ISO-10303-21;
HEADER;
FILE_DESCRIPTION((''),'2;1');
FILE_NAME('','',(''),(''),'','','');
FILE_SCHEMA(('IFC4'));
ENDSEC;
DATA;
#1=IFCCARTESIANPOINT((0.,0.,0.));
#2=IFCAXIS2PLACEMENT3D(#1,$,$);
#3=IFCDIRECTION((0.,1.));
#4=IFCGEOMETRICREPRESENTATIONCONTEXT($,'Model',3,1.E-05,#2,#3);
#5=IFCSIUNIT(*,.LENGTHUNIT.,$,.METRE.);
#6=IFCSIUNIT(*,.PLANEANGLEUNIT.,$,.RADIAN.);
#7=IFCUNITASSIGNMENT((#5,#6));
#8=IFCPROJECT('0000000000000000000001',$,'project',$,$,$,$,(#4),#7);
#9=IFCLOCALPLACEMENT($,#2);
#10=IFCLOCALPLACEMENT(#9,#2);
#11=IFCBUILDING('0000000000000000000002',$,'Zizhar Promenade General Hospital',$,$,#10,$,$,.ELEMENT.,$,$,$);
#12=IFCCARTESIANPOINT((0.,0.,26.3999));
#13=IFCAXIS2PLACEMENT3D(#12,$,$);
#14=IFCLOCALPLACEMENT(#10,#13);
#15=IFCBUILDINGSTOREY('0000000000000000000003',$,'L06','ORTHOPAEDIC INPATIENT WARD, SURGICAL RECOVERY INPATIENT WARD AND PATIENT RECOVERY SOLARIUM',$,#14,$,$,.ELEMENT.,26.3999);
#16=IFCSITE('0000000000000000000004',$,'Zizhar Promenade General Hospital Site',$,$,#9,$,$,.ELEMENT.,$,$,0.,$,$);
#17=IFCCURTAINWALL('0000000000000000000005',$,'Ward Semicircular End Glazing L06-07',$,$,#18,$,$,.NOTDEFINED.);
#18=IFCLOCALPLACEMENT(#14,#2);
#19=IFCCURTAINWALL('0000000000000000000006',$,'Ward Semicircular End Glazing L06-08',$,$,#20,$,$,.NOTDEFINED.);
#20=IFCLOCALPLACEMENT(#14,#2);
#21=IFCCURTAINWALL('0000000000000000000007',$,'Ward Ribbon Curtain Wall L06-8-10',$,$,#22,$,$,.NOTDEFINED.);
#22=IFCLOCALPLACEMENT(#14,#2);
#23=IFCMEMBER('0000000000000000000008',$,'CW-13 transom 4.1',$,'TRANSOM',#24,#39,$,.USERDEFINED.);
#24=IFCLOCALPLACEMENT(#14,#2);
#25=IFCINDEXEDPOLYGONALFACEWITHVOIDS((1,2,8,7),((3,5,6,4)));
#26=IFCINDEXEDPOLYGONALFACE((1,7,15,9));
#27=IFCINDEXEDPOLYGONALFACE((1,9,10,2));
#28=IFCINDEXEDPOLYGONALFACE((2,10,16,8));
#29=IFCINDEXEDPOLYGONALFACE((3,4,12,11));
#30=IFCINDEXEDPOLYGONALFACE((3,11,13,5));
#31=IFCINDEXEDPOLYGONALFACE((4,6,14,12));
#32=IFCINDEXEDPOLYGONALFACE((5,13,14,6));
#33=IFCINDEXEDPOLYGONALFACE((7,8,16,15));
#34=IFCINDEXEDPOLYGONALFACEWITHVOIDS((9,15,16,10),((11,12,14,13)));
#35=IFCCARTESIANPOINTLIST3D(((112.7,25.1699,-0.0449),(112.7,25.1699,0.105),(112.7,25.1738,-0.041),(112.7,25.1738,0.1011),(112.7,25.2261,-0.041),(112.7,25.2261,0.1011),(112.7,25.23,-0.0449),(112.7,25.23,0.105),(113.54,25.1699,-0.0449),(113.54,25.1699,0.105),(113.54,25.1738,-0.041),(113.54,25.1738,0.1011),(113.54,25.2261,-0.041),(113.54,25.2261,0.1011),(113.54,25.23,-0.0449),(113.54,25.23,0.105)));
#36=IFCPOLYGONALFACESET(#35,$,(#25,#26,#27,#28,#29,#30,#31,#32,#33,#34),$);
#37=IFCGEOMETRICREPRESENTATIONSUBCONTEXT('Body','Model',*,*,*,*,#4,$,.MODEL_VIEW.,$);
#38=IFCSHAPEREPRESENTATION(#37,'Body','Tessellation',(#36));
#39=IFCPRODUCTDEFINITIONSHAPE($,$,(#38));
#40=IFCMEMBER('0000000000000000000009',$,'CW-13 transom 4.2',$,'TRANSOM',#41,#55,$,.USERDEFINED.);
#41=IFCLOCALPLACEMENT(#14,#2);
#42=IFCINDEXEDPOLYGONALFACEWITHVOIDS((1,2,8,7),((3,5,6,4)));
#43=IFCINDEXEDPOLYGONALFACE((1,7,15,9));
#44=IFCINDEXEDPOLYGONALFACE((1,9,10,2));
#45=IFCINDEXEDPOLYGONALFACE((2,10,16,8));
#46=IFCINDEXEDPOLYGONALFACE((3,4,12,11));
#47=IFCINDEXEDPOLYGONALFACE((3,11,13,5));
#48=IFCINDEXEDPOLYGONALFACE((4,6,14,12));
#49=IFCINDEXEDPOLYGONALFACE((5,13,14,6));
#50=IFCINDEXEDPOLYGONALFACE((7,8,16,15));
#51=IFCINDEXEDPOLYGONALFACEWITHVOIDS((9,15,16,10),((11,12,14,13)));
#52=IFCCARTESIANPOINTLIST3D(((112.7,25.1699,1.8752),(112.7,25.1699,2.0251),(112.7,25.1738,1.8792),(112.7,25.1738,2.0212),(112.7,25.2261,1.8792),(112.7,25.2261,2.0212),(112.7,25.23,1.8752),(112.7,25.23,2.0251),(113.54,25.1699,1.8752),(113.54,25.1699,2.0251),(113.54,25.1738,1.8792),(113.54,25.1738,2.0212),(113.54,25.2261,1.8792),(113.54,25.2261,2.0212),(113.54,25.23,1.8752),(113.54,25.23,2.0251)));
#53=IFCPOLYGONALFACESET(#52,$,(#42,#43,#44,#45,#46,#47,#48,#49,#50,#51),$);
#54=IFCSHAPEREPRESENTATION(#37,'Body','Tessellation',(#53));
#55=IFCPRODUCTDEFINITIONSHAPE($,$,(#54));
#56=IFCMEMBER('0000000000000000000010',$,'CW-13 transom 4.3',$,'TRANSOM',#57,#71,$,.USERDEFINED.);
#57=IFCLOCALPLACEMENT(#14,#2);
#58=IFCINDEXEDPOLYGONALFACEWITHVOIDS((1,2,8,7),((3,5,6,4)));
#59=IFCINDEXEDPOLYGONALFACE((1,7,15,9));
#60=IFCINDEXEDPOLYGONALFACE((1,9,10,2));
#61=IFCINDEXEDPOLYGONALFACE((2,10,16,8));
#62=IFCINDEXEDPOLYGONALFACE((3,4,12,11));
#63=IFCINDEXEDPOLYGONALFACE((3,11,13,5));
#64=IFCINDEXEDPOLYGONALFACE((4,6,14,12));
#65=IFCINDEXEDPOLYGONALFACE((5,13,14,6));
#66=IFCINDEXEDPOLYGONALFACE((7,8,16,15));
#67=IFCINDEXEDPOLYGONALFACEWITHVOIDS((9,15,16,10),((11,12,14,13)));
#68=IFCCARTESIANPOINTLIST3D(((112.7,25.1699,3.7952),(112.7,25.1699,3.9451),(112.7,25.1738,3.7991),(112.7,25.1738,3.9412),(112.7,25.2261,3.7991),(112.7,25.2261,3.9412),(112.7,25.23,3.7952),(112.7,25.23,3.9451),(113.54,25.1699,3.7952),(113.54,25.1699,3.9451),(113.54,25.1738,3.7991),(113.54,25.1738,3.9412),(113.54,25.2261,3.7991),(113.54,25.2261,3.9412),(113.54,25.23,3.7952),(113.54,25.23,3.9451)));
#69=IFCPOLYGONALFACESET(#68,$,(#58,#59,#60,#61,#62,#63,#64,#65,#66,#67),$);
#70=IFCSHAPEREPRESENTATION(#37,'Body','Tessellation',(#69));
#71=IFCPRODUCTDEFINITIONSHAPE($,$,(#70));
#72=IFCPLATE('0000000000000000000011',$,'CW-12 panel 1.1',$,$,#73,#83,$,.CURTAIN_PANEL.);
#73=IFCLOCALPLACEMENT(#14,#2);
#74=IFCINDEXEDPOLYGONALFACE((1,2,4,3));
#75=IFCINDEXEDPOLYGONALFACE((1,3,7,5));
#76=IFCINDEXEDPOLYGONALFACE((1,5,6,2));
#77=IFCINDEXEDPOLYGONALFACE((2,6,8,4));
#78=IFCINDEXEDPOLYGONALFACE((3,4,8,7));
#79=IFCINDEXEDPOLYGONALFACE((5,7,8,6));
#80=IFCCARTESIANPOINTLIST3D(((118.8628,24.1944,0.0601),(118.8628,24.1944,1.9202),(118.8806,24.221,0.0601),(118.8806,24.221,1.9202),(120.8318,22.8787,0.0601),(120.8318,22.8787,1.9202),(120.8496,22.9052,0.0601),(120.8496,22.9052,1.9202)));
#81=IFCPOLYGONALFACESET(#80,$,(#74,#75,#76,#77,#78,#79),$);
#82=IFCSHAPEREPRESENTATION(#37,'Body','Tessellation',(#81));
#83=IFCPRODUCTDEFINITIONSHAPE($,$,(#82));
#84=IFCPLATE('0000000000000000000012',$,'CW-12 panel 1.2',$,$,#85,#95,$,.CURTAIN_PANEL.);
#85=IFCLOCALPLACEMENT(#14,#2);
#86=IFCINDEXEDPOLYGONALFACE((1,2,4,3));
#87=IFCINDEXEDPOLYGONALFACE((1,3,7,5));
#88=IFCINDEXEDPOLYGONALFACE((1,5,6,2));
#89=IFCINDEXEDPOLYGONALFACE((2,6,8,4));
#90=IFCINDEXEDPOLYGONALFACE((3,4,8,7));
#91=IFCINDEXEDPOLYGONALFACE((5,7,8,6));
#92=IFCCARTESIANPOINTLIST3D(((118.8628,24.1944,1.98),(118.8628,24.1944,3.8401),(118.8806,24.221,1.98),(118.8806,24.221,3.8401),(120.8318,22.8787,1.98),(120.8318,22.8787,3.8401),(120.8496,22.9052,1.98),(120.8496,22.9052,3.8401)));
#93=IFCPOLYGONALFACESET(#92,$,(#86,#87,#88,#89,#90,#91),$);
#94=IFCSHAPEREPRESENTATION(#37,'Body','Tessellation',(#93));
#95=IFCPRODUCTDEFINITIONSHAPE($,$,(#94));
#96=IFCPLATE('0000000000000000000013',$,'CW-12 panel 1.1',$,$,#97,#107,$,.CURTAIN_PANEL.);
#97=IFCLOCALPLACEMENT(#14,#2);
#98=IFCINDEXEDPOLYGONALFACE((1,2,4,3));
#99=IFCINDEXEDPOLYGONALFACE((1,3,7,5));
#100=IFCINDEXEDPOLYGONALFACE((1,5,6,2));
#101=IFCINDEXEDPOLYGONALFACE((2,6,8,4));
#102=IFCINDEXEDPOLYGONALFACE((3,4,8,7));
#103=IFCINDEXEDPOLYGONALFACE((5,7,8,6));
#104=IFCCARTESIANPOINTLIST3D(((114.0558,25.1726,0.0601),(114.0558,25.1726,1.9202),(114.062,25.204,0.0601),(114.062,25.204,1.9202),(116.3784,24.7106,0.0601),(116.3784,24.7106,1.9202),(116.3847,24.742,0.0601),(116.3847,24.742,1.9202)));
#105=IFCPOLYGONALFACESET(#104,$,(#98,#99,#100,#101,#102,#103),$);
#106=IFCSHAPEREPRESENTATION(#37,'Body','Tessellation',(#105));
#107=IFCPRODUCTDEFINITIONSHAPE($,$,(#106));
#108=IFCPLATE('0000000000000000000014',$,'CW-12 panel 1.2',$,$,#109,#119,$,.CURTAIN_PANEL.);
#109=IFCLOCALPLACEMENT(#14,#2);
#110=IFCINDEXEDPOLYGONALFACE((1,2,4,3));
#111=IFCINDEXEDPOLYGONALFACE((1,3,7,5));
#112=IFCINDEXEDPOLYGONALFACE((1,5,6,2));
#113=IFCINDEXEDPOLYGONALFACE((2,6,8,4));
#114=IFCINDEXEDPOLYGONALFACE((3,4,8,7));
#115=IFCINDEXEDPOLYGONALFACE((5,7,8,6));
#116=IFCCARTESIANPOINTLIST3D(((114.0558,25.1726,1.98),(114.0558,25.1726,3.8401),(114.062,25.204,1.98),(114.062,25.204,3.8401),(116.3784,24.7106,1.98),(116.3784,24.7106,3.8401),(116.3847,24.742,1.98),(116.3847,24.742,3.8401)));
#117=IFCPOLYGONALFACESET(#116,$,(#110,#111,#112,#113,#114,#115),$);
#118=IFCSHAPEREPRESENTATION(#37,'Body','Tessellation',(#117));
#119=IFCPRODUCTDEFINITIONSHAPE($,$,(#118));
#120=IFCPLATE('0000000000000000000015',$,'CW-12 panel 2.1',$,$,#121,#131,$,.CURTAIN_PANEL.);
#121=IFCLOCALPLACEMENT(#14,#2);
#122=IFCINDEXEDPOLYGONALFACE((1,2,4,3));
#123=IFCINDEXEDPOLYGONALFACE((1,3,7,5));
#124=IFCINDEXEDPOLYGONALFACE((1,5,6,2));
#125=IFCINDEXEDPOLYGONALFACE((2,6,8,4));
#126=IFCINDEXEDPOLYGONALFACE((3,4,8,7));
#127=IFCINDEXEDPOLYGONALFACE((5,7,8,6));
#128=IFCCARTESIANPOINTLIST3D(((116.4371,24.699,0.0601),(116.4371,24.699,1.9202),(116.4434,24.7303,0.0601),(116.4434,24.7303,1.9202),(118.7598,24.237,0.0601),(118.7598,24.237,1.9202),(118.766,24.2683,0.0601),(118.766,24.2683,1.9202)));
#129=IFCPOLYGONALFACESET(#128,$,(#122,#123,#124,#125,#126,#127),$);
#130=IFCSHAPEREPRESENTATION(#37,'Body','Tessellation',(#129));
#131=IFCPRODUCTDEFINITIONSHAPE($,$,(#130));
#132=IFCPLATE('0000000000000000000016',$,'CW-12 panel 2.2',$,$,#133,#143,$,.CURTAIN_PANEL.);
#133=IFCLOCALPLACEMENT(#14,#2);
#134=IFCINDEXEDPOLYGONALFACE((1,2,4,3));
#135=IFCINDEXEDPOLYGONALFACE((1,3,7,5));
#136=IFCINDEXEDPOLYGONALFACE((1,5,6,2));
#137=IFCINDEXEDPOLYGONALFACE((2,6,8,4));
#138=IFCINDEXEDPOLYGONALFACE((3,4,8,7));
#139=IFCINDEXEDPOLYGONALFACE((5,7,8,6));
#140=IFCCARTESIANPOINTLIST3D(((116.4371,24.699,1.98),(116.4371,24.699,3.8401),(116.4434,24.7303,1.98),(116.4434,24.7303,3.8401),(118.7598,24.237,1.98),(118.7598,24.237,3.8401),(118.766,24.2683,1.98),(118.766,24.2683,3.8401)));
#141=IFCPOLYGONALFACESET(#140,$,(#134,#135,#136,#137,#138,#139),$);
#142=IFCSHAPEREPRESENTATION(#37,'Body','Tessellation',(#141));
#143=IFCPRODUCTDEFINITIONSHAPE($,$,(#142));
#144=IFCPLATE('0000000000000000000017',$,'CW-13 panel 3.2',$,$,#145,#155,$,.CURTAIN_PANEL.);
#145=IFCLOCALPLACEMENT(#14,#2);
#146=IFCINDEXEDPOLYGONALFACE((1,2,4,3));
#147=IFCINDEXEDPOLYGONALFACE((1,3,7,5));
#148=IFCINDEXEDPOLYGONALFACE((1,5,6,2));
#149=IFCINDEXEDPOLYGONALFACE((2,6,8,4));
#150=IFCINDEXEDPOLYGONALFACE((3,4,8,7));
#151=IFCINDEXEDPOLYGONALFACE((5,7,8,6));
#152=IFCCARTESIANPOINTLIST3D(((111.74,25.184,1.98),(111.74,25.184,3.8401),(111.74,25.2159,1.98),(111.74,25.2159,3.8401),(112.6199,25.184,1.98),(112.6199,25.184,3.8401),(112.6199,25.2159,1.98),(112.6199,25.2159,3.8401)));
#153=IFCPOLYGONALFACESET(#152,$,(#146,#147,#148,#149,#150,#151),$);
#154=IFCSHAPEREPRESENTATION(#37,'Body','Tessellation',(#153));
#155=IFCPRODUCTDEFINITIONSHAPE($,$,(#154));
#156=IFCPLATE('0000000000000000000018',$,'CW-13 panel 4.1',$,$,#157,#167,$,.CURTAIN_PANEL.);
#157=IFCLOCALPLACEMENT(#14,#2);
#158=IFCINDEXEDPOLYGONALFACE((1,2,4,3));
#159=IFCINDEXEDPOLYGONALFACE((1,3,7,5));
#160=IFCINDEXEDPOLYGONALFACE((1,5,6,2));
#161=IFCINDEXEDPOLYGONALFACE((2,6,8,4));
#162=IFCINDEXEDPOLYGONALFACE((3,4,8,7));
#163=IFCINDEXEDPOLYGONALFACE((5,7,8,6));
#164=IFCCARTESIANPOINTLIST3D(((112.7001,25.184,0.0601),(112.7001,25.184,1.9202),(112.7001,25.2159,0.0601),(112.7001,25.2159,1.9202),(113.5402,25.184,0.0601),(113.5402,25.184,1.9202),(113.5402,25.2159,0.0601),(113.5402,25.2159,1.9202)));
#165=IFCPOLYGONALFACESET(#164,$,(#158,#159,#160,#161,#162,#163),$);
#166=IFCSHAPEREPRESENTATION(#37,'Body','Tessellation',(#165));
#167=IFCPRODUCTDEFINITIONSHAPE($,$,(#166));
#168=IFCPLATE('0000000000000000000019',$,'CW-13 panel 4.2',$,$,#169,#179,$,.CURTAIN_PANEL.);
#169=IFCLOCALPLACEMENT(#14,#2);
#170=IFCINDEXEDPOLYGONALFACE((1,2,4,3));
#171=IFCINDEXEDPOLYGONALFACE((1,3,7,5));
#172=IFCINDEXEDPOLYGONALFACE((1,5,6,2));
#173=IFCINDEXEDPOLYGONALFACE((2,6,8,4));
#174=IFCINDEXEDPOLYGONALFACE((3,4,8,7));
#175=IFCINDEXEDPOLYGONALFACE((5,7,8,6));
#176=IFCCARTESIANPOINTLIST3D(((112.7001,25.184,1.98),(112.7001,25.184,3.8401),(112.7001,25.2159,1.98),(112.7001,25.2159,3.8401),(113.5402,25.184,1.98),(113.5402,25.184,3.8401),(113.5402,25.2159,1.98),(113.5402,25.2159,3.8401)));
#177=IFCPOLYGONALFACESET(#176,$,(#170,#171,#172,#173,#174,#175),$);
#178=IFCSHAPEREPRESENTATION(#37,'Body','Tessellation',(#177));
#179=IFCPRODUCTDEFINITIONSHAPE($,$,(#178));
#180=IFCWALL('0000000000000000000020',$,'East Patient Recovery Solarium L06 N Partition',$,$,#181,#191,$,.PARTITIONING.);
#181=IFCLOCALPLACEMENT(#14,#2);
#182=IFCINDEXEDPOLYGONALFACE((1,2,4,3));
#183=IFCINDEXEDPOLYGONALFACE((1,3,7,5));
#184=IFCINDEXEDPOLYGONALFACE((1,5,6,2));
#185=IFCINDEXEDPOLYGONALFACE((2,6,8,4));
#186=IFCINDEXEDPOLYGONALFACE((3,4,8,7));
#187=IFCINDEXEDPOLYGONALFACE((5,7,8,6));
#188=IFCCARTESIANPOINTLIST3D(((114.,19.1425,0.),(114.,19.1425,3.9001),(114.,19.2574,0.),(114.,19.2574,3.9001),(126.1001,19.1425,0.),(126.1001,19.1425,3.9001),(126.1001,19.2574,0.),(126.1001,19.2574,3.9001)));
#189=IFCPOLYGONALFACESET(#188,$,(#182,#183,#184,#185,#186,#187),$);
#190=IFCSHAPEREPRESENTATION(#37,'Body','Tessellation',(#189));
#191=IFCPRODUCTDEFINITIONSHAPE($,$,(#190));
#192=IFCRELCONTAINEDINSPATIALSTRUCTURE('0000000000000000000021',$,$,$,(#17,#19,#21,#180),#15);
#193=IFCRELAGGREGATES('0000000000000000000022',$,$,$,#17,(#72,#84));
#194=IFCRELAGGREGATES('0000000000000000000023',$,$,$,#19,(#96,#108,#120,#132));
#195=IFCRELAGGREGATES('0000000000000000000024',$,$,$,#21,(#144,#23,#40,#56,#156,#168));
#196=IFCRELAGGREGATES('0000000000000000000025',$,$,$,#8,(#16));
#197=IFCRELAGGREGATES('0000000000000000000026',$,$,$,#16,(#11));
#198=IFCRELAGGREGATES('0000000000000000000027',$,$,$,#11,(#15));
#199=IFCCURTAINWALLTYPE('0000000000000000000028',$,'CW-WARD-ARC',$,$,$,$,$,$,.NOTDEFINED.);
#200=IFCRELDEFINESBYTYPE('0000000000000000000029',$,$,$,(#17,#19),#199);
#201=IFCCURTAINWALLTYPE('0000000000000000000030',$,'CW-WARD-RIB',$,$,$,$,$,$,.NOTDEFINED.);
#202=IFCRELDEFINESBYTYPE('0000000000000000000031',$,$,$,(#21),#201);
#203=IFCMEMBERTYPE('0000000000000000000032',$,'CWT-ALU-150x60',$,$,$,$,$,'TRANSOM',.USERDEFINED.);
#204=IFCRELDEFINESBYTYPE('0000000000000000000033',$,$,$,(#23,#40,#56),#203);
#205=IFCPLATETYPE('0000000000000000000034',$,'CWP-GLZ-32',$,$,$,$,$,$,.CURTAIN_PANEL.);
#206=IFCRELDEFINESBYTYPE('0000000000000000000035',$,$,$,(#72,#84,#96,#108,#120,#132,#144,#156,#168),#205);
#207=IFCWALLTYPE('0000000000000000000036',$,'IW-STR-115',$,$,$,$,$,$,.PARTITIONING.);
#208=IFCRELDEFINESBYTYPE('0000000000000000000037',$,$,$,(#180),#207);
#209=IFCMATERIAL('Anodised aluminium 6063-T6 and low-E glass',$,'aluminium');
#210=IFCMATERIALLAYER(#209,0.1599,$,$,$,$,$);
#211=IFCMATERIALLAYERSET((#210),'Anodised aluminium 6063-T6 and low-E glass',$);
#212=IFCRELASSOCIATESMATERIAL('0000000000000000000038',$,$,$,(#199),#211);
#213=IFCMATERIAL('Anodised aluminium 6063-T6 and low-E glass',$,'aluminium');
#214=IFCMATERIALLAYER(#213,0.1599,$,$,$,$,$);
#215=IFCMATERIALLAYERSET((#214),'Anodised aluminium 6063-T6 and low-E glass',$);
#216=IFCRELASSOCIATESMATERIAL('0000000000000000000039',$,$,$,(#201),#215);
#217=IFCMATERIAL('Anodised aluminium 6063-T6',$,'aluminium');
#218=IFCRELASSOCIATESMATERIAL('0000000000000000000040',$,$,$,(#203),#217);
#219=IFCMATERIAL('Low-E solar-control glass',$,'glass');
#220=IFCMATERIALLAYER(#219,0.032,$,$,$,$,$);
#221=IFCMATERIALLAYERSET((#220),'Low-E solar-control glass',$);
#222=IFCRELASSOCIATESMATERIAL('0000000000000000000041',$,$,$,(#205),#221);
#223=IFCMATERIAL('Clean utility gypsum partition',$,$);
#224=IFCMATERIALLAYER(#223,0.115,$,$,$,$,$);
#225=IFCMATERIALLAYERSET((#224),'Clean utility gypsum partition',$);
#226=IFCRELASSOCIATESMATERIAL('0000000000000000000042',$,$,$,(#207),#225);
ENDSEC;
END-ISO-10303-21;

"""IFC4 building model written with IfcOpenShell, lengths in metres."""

from ifc_helpers import new_model, si_unit, direction, frame, frame_2d, origin, origin_2d, place, context, subcontext, project, spatial, rectangle, hollow_rectangle, extrude, material, layer, layer_set, material_profile, profile_set, type_object, element, aggregate, save


model = new_model("IFC4")

# Units and contexts
model_context = context("Model", 3, precision=1e-05, world=origin(), true_north=direction((0.0, 1.0)))
body_context = subcontext(model_context, "Body", "Model", "MODEL_VIEW")
ifc_project = project(units=[si_unit("LENGTHUNIT", "METRE"), si_unit("PLANEANGLEUNIT", "RADIAN")], contexts=[model_context])

# Site, building, storey
site_placement = place(None, origin())
site = spatial("IfcSite", under=ifc_project, at=site_placement, Name="Zizhar Promenade General Hospital Site", CompositionType="ELEMENT", RefElevation=0.0)
building_placement = place(site_placement, origin())
building = spatial("IfcBuilding", under=site, at=building_placement, Name="Zizhar Promenade General Hospital", CompositionType="ELEMENT")
storey_placement = place(building_placement, frame((0.0, 0.0, 26.3999)))
storey = spatial("IfcBuildingStorey", under=building, at=storey_placement, Name="L06", Description="ORTHOPAEDIC INPATIENT WARD, SURGICAL RECOVERY INPATIENT WARD AND PATIENT RECOVERY SOLARIUM", CompositionType="ELEMENT", Elevation=26.3999)

# Curtain walls
ifc_material_1 = material(Name="Anodised aluminium 6063-T6 and low-E glass", Category="aluminium")
ifc_layer_1 = layer(ifc_material_1, 0.1599)
ifc_layer_set_1 = layer_set([ifc_layer_1], Name="Anodised aluminium 6063-T6 and low-E glass")
curtain_wall_type_1 = type_object("IfcCurtainWallType", Name="CW-WARD-ARC", PredefinedType="NOTDEFINED", material=ifc_layer_set_1)
curtain_wall_1_placement = place(storey_placement, origin())
curtain_wall_1 = element("IfcCurtainWall", 1, at=curtain_wall_1_placement, inside=storey, type_object=curtain_wall_type_1, Name="Ward Semicircular End Glazing L06-07", PredefinedType="NOTDEFINED")
curtain_wall_2_placement = place(storey_placement, origin())
curtain_wall_2 = element("IfcCurtainWall", 2, at=curtain_wall_2_placement, inside=storey, type_object=curtain_wall_type_1, Name="Ward Semicircular End Glazing L06-08", PredefinedType="NOTDEFINED")
ifc_material_2 = material(Name="Anodised aluminium 6063-T6 and low-E glass", Category="aluminium")
ifc_layer_2 = layer(ifc_material_2, 0.1599)
ifc_layer_set_2 = layer_set([ifc_layer_2], Name="Anodised aluminium 6063-T6 and low-E glass")
curtain_wall_type_2 = type_object("IfcCurtainWallType", Name="CW-WARD-RIB", PredefinedType="NOTDEFINED", material=ifc_layer_set_2)
curtain_wall_3_placement = place(storey_placement, origin())
curtain_wall_3 = element("IfcCurtainWall", 3, at=curtain_wall_3_placement, inside=storey, type_object=curtain_wall_type_2, Name="Ward Ribbon Curtain Wall L06-8-10", PredefinedType="NOTDEFINED")

# Members
ifc_material_3 = material(Name="Anodised aluminium 6063-T6", Category="aluminium")
ifc_material_profile_1 = material_profile(ifc_material_3, hollow_rectangle(XDim=0.0601, YDim=0.1499, WallThickness=0.0039, at=origin_2d()))
ifc_profile_set_1 = profile_set([ifc_material_profile_1], Name="Anodised aluminium 6063-T6")
member_type_1 = type_object("IfcMemberType", Name="CWT-ALU-150x60", ElementType="TRANSOM", PredefinedType="USERDEFINED", material=ifc_profile_set_1)
member_1_placement = place(storey_placement, frame((112.7, 25.2, 0.03), z_axis=(1.0, 0.0, 0.0), x_axis=(0.0, 1.0, 0.0)))
member_1 = element("IfcMember", 4, at=member_1_placement, type_object=member_type_1, Name="CW-13 transom 4.1", ObjectType="TRANSOM", PredefinedType="USERDEFINED", context=body_context, shape_type="SweptSolid", body=[
    extrude(hollow_rectangle(XDim=0.0601, YDim=0.1499, WallThickness=0.0039, at=origin_2d()), origin(), (0.0, 0.0, 1.0), 0.8401),
])
member_2_placement = place(storey_placement, frame((112.7, 25.2, 1.9502), z_axis=(1.0, 0.0, 0.0), x_axis=(0.0, 1.0, 0.0)))
member_2 = element("IfcMember", 5, at=member_2_placement, type_object=member_type_1, Name="CW-13 transom 4.2", ObjectType="TRANSOM", PredefinedType="USERDEFINED", context=body_context, shape_type="SweptSolid", body=[
    extrude(hollow_rectangle(XDim=0.0601, YDim=0.1499, WallThickness=0.0039, at=origin_2d()), origin(), (0.0, 0.0, 1.0), 0.8401),
])
member_3_placement = place(storey_placement, frame((112.7, 25.2, 3.8701), z_axis=(1.0, 0.0, 0.0), x_axis=(0.0, 1.0, 0.0)))
member_3 = element("IfcMember", 6, at=member_3_placement, type_object=member_type_1, Name="CW-13 transom 4.3", ObjectType="TRANSOM", PredefinedType="USERDEFINED", context=body_context, shape_type="SweptSolid", body=[
    extrude(hollow_rectangle(XDim=0.0601, YDim=0.1499, WallThickness=0.0039, at=origin_2d()), origin(), (0.0, 0.0, 1.0), 0.8401),
])

# Plates
ifc_material_4 = material(Name="Low-E solar-control glass", Category="glass")
ifc_layer_3 = layer(ifc_material_4, 0.032)
ifc_layer_set_3 = layer_set([ifc_layer_3], Name="Low-E solar-control glass")
plate_type = type_object("IfcPlateType", Name="CWP-GLZ-32", PredefinedType="CURTAIN_PANEL", material=ifc_layer_set_3)
plate_1_placement = place(storey_placement, frame((119.8562, 23.5498, 0.0601), z_axis=(0.0, 0.0, 1.0), x_axis=(0.831462, -0.555582, 0.0)))
plate_1 = element("IfcPlate", 7, at=plate_1_placement, type_object=plate_type, Name="CW-12 panel 1.1", PredefinedType="CURTAIN_PANEL", context=body_context, shape_type="SweptSolid", body=[
    extrude(rectangle(XDim=2.3682, YDim=0.032, at=origin_2d()), origin(), (0.0, 0.0, 1.0), 1.8601),
])
plate_2_placement = place(storey_placement, frame((119.8562, 23.5498, 1.98), z_axis=(0.0, 0.0, 1.0), x_axis=(0.831462, -0.555582, 0.0)))
plate_2 = element("IfcPlate", 8, at=plate_2_placement, type_object=plate_type, Name="CW-12 panel 1.2", PredefinedType="CURTAIN_PANEL", context=body_context, shape_type="SweptSolid", body=[
    extrude(rectangle(XDim=2.3682, YDim=0.032, at=origin_2d()), origin(), (0.0, 0.0, 1.0), 1.8601),
])
aggregate(curtain_wall_1, [plate_1, plate_2])
plate_3_placement = place(storey_placement, frame((115.2202, 24.9573, 0.0601), z_axis=(0.0, 0.0, 1.0), x_axis=(0.980786, -0.195087, 0.0)))
plate_3 = element("IfcPlate", 9, at=plate_3_placement, type_object=plate_type, Name="CW-12 panel 1.1", PredefinedType="CURTAIN_PANEL", context=body_context, shape_type="SweptSolid", body=[
    extrude(rectangle(XDim=2.3682, YDim=0.032, at=origin_2d()), origin(), (0.0, 0.0, 1.0), 1.8601),
])
plate_4_placement = place(storey_placement, frame((115.2202, 24.9573, 1.98), z_axis=(0.0, 0.0, 1.0), x_axis=(0.980786, -0.195087, 0.0)))
plate_4 = element("IfcPlate", 10, at=plate_4_placement, type_object=plate_type, Name="CW-12 panel 1.2", PredefinedType="CURTAIN_PANEL", context=body_context, shape_type="SweptSolid", body=[
    extrude(rectangle(XDim=2.3682, YDim=0.032, at=origin_2d()), origin(), (0.0, 0.0, 1.0), 1.8601),
])
plate_5_placement = place(storey_placement, frame((117.6016, 24.4836, 0.0601), z_axis=(0.0, 0.0, 1.0), x_axis=(0.980786, -0.195087, 0.0)))
plate_5 = element("IfcPlate", 11, at=plate_5_placement, type_object=plate_type, Name="CW-12 panel 2.1", PredefinedType="CURTAIN_PANEL", context=body_context, shape_type="SweptSolid", body=[
    extrude(rectangle(XDim=2.3682, YDim=0.032, at=origin_2d()), origin(), (0.0, 0.0, 1.0), 1.8601),
])
plate_6_placement = place(storey_placement, frame((117.6016, 24.4836, 1.98), z_axis=(0.0, 0.0, 1.0), x_axis=(0.980786, -0.195087, 0.0)))
plate_6 = element("IfcPlate", 12, at=plate_6_placement, type_object=plate_type, Name="CW-12 panel 2.2", PredefinedType="CURTAIN_PANEL", context=body_context, shape_type="SweptSolid", body=[
    extrude(rectangle(XDim=2.3682, YDim=0.032, at=origin_2d()), origin(), (0.0, 0.0, 1.0), 1.8601),
])
aggregate(curtain_wall_2, [plate_3, plate_4, plate_5, plate_6])
plate_7_placement = place(storey_placement, frame((112.1799, 25.2, 1.98), z_axis=(0.0, 0.0, 1.0), x_axis=(1.0, 0.0, 0.0)))
plate_7 = element("IfcPlate", 13, at=plate_7_placement, type_object=plate_type, Name="CW-13 panel 3.2", PredefinedType="CURTAIN_PANEL", context=body_context, shape_type="SweptSolid", body=[
    extrude(rectangle(XDim=0.8799, YDim=0.032, at=origin_2d()), origin(), (0.0, 0.0, 1.0), 1.8601),
])
plate_8_placement = place(storey_placement, frame((113.1201, 25.2, 0.0601), z_axis=(0.0, 0.0, 1.0), x_axis=(1.0, 0.0, 0.0)))
plate_8 = element("IfcPlate", 14, at=plate_8_placement, type_object=plate_type, Name="CW-13 panel 4.1", PredefinedType="CURTAIN_PANEL", context=body_context, shape_type="SweptSolid", body=[
    extrude(rectangle(XDim=0.8401, YDim=0.032, at=origin_2d()), origin(), (0.0, 0.0, 1.0), 1.8601),
])
plate_9_placement = place(storey_placement, frame((113.1201, 25.2, 1.98), z_axis=(0.0, 0.0, 1.0), x_axis=(1.0, 0.0, 0.0)))
plate_9 = element("IfcPlate", 15, at=plate_9_placement, type_object=plate_type, Name="CW-13 panel 4.2", PredefinedType="CURTAIN_PANEL", context=body_context, shape_type="SweptSolid", body=[
    extrude(rectangle(XDim=0.8401, YDim=0.032, at=origin_2d()), origin(), (0.0, 0.0, 1.0), 1.8601),
])
aggregate(curtain_wall_3, [plate_7, member_1, member_2, member_3, plate_8, plate_9])

# Wall
ifc_material_5 = material(Name="Clean utility gypsum partition")
ifc_layer_4 = layer(ifc_material_5, 0.115)
ifc_layer_set_4 = layer_set([ifc_layer_4], Name="Clean utility gypsum partition")
wall_type = type_object("IfcWallType", Name="IW-STR-115", PredefinedType="PARTITIONING", material=ifc_layer_set_4)
wall_placement = place(storey_placement, frame((114.0, 19.2, 0.0), z_axis=(0.0, 0.0, 1.0), x_axis=(1.0, 0.0, 0.0)))
element("IfcWall", 16, at=wall_placement, inside=storey, type_object=wall_type, Name="East Patient Recovery Solarium L06 N Partition", PredefinedType="PARTITIONING", context=body_context, shape_type="SweptSolid", body=[
    extrude(rectangle(XDim=12.1001, YDim=0.115, at=frame_2d((6.05, 0.0))), origin(), (0.0, 0.0, 1.0), 3.9001),
])

save(model, "model.ifc")
